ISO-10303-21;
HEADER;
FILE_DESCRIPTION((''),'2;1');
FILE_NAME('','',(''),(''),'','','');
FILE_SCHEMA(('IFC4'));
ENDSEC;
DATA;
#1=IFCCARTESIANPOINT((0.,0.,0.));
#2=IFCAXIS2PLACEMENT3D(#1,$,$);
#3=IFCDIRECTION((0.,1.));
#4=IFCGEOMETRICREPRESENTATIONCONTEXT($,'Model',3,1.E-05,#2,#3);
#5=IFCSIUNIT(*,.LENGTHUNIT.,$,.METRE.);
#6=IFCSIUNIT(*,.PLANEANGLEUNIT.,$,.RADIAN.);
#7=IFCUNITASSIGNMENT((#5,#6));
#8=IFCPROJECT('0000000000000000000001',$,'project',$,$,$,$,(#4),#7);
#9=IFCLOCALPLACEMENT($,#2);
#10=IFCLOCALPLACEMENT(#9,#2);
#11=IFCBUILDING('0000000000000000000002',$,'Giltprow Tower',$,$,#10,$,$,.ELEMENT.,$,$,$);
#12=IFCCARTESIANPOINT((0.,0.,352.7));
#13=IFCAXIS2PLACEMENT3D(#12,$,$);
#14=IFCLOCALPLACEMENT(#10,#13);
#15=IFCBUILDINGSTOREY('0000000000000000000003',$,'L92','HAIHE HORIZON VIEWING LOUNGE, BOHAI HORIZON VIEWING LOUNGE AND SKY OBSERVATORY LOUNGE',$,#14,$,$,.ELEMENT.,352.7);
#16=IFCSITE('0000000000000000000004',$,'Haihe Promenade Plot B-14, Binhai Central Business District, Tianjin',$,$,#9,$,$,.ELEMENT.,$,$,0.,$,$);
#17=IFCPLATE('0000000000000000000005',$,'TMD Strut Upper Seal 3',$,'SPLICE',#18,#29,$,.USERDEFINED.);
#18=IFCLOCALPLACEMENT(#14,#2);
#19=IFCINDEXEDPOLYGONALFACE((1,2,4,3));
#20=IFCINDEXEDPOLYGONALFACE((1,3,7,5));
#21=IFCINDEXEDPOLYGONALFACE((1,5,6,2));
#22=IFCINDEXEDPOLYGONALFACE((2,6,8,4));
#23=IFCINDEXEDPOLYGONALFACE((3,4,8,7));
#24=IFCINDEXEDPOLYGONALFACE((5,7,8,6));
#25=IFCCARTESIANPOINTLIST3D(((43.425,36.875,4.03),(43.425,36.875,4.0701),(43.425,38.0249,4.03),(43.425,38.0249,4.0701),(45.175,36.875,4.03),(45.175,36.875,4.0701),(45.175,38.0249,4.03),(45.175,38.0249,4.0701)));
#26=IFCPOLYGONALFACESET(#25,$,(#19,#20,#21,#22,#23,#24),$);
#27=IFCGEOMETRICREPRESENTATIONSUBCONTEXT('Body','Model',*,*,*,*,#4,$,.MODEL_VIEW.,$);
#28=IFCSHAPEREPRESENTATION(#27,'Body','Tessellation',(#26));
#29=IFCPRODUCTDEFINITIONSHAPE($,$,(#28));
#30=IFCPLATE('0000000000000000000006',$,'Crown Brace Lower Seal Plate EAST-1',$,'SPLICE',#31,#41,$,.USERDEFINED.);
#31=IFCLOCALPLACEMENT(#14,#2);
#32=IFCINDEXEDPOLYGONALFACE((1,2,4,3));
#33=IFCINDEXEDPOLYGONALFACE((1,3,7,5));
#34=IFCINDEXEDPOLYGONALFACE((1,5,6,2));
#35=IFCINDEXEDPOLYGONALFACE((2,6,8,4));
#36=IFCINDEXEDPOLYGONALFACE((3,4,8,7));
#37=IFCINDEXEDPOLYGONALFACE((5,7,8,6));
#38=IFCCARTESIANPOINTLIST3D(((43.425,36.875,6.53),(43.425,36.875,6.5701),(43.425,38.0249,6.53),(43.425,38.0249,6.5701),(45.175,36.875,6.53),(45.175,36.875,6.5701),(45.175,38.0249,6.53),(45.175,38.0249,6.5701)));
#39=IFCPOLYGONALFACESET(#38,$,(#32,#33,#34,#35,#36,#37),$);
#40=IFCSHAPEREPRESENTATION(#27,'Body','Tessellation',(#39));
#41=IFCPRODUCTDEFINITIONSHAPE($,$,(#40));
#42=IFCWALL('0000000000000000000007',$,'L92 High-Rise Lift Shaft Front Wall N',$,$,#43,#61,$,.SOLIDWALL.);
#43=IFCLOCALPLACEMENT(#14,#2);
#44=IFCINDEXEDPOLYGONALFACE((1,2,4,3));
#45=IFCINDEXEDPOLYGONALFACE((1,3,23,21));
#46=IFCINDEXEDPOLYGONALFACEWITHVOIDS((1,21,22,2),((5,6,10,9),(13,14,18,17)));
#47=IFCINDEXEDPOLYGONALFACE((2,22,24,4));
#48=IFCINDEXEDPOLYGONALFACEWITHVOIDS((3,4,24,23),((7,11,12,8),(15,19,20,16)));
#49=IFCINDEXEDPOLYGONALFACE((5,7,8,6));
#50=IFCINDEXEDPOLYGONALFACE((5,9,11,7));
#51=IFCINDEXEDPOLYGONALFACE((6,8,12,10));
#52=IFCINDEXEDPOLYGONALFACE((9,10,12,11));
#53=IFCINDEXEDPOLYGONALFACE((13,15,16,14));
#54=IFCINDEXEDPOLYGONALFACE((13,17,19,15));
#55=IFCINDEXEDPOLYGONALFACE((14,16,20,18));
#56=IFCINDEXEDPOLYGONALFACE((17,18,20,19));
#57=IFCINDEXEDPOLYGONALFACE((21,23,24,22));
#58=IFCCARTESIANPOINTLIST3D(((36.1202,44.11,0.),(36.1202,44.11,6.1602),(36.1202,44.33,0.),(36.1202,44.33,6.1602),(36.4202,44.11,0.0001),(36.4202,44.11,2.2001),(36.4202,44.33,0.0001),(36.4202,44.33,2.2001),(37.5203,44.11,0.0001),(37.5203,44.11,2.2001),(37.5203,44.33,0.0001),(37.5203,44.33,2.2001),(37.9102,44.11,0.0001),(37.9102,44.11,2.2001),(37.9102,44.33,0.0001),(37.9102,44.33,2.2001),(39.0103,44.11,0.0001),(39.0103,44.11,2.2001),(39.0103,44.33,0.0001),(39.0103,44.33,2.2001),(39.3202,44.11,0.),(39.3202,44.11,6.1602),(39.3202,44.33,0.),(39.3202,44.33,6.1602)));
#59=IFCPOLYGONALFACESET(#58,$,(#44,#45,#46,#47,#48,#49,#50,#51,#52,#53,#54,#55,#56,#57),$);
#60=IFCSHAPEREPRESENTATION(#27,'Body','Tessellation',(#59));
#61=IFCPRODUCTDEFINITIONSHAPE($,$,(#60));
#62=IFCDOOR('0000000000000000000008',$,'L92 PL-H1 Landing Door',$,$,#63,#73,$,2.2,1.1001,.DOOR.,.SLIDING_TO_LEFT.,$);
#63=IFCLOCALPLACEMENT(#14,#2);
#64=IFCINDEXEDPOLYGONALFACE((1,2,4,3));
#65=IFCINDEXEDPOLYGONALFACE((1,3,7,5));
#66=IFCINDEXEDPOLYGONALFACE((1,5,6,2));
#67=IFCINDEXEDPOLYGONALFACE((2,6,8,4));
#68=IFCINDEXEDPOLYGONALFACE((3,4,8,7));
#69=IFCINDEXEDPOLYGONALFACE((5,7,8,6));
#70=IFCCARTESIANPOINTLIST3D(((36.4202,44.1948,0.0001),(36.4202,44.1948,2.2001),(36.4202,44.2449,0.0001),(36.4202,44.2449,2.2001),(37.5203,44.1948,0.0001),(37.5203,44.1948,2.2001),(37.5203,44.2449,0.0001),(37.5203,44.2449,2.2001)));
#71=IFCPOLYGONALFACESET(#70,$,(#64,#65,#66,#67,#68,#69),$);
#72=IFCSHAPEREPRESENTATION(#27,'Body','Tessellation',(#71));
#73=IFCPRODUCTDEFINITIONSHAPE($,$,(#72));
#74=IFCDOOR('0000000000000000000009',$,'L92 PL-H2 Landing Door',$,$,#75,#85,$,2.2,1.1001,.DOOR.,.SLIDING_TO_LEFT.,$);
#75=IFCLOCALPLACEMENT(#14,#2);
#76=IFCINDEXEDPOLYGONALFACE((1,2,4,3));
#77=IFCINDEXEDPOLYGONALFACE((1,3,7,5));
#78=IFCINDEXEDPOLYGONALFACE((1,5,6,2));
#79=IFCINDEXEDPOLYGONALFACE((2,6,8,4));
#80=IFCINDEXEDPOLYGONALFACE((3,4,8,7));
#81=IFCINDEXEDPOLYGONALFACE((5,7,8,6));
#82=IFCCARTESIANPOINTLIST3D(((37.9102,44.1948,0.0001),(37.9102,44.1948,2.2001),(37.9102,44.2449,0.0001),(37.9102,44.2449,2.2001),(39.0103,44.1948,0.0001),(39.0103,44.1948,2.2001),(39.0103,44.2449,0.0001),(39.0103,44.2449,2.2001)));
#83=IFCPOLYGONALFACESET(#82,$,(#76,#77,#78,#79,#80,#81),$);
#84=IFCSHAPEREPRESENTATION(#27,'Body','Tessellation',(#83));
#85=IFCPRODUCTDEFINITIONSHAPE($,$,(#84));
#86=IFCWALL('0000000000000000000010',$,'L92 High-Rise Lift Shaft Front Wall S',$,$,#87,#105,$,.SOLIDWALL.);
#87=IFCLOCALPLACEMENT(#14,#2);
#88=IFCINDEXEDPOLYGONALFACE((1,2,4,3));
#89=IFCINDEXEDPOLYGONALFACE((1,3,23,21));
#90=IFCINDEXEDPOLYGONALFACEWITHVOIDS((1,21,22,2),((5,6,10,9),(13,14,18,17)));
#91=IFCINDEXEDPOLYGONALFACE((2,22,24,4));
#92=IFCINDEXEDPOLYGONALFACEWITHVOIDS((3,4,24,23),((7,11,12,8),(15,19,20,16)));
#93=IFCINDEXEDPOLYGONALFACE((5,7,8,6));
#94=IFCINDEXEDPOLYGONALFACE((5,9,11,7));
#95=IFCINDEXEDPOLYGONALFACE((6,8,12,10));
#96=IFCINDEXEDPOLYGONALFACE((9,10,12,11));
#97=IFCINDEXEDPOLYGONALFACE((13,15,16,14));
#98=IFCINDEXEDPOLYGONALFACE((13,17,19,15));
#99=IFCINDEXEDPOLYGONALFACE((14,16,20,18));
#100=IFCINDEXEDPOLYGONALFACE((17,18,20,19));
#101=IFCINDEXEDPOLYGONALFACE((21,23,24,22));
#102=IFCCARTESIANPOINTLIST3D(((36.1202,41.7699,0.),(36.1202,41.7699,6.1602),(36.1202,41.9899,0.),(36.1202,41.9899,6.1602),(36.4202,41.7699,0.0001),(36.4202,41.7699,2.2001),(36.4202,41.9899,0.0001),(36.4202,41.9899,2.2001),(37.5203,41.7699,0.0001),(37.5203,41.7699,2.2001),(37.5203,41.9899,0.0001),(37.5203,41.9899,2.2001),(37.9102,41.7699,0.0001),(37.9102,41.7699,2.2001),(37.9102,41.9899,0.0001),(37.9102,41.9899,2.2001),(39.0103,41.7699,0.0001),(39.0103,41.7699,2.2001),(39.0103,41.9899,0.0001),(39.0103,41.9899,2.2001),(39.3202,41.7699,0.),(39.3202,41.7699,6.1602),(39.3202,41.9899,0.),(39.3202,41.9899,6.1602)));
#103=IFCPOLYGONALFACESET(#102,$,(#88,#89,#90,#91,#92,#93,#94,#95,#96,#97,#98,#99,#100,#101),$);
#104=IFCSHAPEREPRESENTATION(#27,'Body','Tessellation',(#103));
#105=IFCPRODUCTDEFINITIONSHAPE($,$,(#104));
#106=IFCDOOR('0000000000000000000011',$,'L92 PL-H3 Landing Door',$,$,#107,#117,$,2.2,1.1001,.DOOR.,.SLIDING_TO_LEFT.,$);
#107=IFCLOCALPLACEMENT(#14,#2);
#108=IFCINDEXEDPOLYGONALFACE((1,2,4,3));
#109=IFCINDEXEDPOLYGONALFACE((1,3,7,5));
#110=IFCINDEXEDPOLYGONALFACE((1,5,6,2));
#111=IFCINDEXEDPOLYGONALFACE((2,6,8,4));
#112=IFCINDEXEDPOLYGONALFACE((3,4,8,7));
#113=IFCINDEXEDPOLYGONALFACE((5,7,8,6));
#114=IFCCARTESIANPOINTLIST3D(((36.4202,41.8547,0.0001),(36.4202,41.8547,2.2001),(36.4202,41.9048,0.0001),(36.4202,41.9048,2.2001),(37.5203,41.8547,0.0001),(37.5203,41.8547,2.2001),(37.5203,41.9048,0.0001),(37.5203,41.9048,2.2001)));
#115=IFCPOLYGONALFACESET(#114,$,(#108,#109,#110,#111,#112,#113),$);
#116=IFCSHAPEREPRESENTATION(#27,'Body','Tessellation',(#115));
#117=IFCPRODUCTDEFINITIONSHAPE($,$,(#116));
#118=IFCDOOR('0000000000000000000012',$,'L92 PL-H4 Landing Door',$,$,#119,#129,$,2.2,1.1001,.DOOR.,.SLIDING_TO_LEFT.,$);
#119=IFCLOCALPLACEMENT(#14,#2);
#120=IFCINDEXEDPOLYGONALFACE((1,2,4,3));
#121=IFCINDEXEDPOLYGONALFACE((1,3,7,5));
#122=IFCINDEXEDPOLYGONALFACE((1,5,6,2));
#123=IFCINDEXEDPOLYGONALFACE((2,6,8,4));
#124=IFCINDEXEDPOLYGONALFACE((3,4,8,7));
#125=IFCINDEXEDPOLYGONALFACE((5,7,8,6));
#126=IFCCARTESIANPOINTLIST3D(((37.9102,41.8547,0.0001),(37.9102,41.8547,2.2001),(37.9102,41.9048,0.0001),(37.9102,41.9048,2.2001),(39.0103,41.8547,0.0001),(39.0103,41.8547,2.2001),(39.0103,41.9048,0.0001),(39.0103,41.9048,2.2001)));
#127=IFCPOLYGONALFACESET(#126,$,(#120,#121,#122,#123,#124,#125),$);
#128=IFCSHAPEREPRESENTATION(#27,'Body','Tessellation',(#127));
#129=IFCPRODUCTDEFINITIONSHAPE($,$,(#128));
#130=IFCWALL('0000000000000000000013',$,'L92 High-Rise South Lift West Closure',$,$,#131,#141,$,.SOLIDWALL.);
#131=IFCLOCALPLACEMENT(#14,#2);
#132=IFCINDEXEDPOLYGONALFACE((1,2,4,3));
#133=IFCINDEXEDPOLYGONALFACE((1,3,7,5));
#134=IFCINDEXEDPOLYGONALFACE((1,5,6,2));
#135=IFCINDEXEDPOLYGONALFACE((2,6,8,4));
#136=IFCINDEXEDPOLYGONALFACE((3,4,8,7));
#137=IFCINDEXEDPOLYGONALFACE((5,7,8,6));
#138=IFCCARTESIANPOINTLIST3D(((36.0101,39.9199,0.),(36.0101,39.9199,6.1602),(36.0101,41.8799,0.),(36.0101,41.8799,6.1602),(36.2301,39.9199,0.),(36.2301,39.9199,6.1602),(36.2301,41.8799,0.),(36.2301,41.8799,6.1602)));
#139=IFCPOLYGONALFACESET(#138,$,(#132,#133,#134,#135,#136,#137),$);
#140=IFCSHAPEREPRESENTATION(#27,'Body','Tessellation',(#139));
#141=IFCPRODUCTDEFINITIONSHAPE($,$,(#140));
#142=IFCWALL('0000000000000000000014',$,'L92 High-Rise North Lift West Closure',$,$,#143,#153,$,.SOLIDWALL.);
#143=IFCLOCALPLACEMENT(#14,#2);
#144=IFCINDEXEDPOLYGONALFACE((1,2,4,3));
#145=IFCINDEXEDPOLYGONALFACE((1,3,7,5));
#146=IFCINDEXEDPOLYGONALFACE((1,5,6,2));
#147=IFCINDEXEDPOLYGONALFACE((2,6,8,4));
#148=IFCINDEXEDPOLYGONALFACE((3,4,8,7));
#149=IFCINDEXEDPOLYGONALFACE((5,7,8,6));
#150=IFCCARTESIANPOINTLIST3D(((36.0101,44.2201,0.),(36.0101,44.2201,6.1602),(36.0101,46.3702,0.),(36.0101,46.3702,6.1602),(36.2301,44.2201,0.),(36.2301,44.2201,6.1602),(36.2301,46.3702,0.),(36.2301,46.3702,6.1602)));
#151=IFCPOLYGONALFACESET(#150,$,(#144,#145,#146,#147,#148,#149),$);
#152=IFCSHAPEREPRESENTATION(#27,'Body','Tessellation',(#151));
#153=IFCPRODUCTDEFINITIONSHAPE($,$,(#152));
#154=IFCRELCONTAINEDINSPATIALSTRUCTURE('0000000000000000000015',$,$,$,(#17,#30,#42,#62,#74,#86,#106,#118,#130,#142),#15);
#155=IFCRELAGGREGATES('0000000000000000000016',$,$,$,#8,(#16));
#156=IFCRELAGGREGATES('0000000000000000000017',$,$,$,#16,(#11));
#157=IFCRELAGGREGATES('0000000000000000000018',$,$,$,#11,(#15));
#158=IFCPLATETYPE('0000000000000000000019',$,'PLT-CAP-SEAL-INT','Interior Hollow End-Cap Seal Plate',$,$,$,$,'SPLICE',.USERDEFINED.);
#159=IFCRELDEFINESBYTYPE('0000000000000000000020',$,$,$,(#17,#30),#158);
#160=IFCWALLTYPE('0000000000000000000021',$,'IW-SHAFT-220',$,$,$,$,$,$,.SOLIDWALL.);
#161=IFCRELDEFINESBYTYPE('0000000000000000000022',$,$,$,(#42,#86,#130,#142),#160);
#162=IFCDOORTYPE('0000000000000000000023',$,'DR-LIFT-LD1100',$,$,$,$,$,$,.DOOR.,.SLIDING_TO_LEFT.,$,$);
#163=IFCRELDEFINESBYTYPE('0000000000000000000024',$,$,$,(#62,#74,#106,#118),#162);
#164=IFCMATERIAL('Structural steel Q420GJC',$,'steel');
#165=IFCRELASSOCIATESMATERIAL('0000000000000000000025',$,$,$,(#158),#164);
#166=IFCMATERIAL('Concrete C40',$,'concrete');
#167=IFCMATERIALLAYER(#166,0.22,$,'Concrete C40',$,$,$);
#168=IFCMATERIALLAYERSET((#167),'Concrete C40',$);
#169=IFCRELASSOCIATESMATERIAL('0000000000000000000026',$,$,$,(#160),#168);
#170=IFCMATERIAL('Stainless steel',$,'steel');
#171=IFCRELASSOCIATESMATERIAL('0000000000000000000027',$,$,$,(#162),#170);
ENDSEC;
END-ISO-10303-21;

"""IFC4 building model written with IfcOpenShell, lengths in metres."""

from ifc_helpers import new_model, si_unit, direction, frame, frame_2d, origin, origin_2d, place, context, subcontext, project, spatial, rectangle, extrude, source, transform, mapped, material, layer, layer_set, type_object, element, fill, save


model = new_model("IFC4")

# Units and contexts
model_context = context("Model", 3, precision=1e-05, world=origin(), true_north=direction((0.0, 1.0)))
body_context = subcontext(model_context, "Body", "Model", "MODEL_VIEW")
ifc_project = project(units=[si_unit("LENGTHUNIT", "METRE"), si_unit("PLANEANGLEUNIT", "RADIAN")], contexts=[model_context])

# Site, building, storey
site_placement = place(None, origin())
site = spatial("IfcSite", under=ifc_project, at=site_placement, Name="Haihe Promenade Plot B-14, Binhai Central Business District, Tianjin", CompositionType="ELEMENT", RefElevation=0.0)
building_placement = place(site_placement, origin())
building = spatial("IfcBuilding", under=site, at=building_placement, Name="Giltprow Tower", CompositionType="ELEMENT")
storey_placement = place(building_placement, frame((0.0, 0.0, 352.7)))
storey = spatial("IfcBuildingStorey", under=building, at=storey_placement, Name="L92", Description="HAIHE HORIZON VIEWING LOUNGE, BOHAI HORIZON VIEWING LOUNGE AND SKY OBSERVATORY LOUNGE", CompositionType="ELEMENT", Elevation=352.7)

# Shared definitions
ifc_material_1 = material(Name="Structural steel Q420GJC", Category="steel")

# Plates
plate_type = type_object("IfcPlateType", Name="PLT-CAP-SEAL-INT", Description="Interior Hollow End-Cap Seal Plate", ElementType="SPLICE", PredefinedType="USERDEFINED", material=ifc_material_1)
shared_shape_1 = source(origin(), body_context, "Body", "SweptSolid", [
    extrude(rectangle(XDim=1.75, YDim=1.1499, at=origin_2d()), origin(), (0.0, 0.0, 1.0), 0.04),
])
for number, where, z_axis, x_axis, name in (
    (1, (44.3, 37.45, 4.03), (0.0, 0.0, 1.0), (1.0, 0.0, 0.0), "TMD Strut Upper Seal 3"),
    (2, (44.3, 37.45, 6.53), (0.0, 0.0, 1.0), (1.0, 0.0, 0.0), "Crown Brace Lower Seal Plate EAST-1"),
):
    element("IfcPlate", number, at=place(storey_placement, frame(where, z_axis=z_axis, x_axis=x_axis)), inside=storey, type_object=plate_type, Name=name, ObjectType="SPLICE", PredefinedType="USERDEFINED", context=body_context, shape_type="MappedRepresentation", body=[
        mapped(shared_shape_1, transform((0.0, 0.0, 0.0), x_axis=(1.0, 0.0, 0.0), y_axis=(0.0, 1.0, 0.0), z_axis=(0.0, 0.0, 1.0), scale=1.0)),
    ])

# Walls, openings, doors
ifc_material_2 = material(Name="Concrete C40", Category="concrete")
ifc_layer_1 = layer(ifc_material_2, 0.22, Name="Concrete C40")
ifc_layer_set_1 = layer_set([ifc_layer_1], Name="Concrete C40")
wall_type_1 = type_object("IfcWallType", Name="IW-SHAFT-220", PredefinedType="SOLIDWALL", material=ifc_layer_set_1)
wall_1_placement = place(storey_placement, frame((36.1201, 44.22, 0.0), z_axis=(0.0, 0.0, 1.0), x_axis=(1.0, 0.0, 0.0)))
wall_1 = element("IfcWall", 3, at=wall_1_placement, inside=storey, type_object=wall_type_1, Name="L92 High-Rise Lift Shaft Front Wall N", PredefinedType="SOLIDWALL", context=body_context, shape_type="SweptSolid", body=[
    extrude(rectangle(XDim=3.2, YDim=0.22, at=frame_2d((1.6001, 0.0))), origin(), (0.0, 0.0, 1.0), 6.1602),
])
opening_1_placement = place(wall_1_placement, frame((0.3, 0.0, 0.0)))
opening_1 = element("IfcOpeningElement", 4, at=opening_1_placement, cuts=wall_1, PredefinedType="OPENING", context=body_context, shape_type="SweptSolid", body=[
    extrude(rectangle(XDim=1.1001, YDim=2.2, at=frame_2d((0.55, 1.1001))), frame((0.0, 0.1199, 0.0), z_axis=(0.0, -1.0, 0.0), x_axis=(1.0, 0.0, 0.0)), (0.0, 0.0, 1.0), 0.24),
])
opening_2_placement = place(wall_1_placement, frame((1.79, 0.0, 0.0)))
opening_2 = element("IfcOpeningElement", 5, at=opening_2_placement, cuts=wall_1, PredefinedType="OPENING", context=body_context, shape_type="SweptSolid", body=[
    extrude(rectangle(XDim=1.1001, YDim=2.2, at=frame_2d((0.55, 1.1001))), frame((0.0, 0.1199, 0.0), z_axis=(0.0, -1.0, 0.0), x_axis=(1.0, 0.0, 0.0)), (0.0, 0.0, 1.0), 0.24),
])
ifc_material_3 = material(Name="Stainless steel", Category="steel")
door_type_1 = type_object("IfcDoorType", Name="DR-LIFT-LD1100", OperationType="SLIDING_TO_LEFT", PredefinedType="DOOR", material=ifc_material_3)
shared_shape_2 = source(origin(), body_context, "Body", "SweptSolid", [
    extrude(rectangle(XDim=1.1001, YDim=2.2, at=frame_2d((0.55, 1.1001))), frame((0.0, 0.0249, 0.0), z_axis=(0.0, -1.0, 0.0), x_axis=(1.0, 0.0, 0.0)), (0.0, 0.0, 1.0), 0.05),
])
door_1_placement = place(opening_1_placement, origin())
door_1 = element("IfcDoor", 6, at=door_1_placement, inside=storey, type_object=door_type_1, Name="L92 PL-H1 Landing Door", OperationType="SLIDING_TO_LEFT", OverallHeight=2.2, OverallWidth=1.1001, PredefinedType="DOOR", context=body_context, shape_type="MappedRepresentation", body=[
    mapped(shared_shape_2, transform((0.0, 0.0, 0.0), x_axis=(1.0, 0.0, 0.0), y_axis=(0.0, 1.0, 0.0), z_axis=(0.0, 0.0, 1.0), scale=1.0)),
])
fill(opening_1, door_1)
door_2_placement = place(opening_2_placement, origin())
door_2 = element("IfcDoor", 7, at=door_2_placement, inside=storey, type_object=door_type_1, Name="L92 PL-H2 Landing Door", OperationType="SLIDING_TO_LEFT", OverallHeight=2.2, OverallWidth=1.1001, PredefinedType="DOOR", context=body_context, shape_type="MappedRepresentation", body=[
    mapped(shared_shape_2, transform((0.0, 0.0, 0.0), x_axis=(1.0, 0.0, 0.0), y_axis=(0.0, 1.0, 0.0), z_axis=(0.0, 0.0, 1.0), scale=1.0)),
])
fill(opening_2, door_2)
wall_2_placement = place(storey_placement, frame((36.1201, 41.8799, 0.0), z_axis=(0.0, 0.0, 1.0), x_axis=(1.0, 0.0, 0.0)))
wall_2 = element("IfcWall", 8, at=wall_2_placement, inside=storey, type_object=wall_type_1, Name="L92 High-Rise Lift Shaft Front Wall S", PredefinedType="SOLIDWALL", context=body_context, shape_type="SweptSolid", body=[
    extrude(rectangle(XDim=3.2, YDim=0.22, at=frame_2d((1.6001, 0.0))), origin(), (0.0, 0.0, 1.0), 6.1602),
])
opening_3_placement = place(wall_2_placement, frame((0.3, 0.0, 0.0)))
opening_3 = element("IfcOpeningElement", 9, at=opening_3_placement, cuts=wall_2, PredefinedType="OPENING", context=body_context, shape_type="SweptSolid", body=[
    extrude(rectangle(XDim=1.1001, YDim=2.2, at=frame_2d((0.55, 1.1001))), frame((0.0, 0.1199, 0.0), z_axis=(0.0, -1.0, 0.0), x_axis=(1.0, 0.0, 0.0)), (0.0, 0.0, 1.0), 0.24),
])
opening_4_placement = place(wall_2_placement, frame((1.79, 0.0, 0.0)))
opening_4 = element("IfcOpeningElement", 10, at=opening_4_placement, cuts=wall_2, PredefinedType="OPENING", context=body_context, shape_type="SweptSolid", body=[
    extrude(rectangle(XDim=1.1001, YDim=2.2, at=frame_2d((0.55, 1.1001))), frame((0.0, 0.1199, 0.0), z_axis=(0.0, -1.0, 0.0), x_axis=(1.0, 0.0, 0.0)), (0.0, 0.0, 1.0), 0.24),
])
door_3_placement = place(opening_3_placement, origin())
door_3 = element("IfcDoor", 11, at=door_3_placement, inside=storey, type_object=door_type_1, Name="L92 PL-H3 Landing Door", OperationType="SLIDING_TO_LEFT", OverallHeight=2.2, OverallWidth=1.1001, PredefinedType="DOOR", context=body_context, shape_type="MappedRepresentation", body=[
    mapped(shared_shape_2, transform((0.0, 0.0, 0.0), x_axis=(1.0, 0.0, 0.0), y_axis=(0.0, 1.0, 0.0), z_axis=(0.0, 0.0, 1.0), scale=1.0)),
])
fill(opening_3, door_3)
door_4_placement = place(opening_4_placement, origin())
door_4 = element("IfcDoor", 12, at=door_4_placement, inside=storey, type_object=door_type_1, Name="L92 PL-H4 Landing Door", OperationType="SLIDING_TO_LEFT", OverallHeight=2.2, OverallWidth=1.1001, PredefinedType="DOOR", context=body_context, shape_type="MappedRepresentation", body=[
    mapped(shared_shape_2, transform((0.0, 0.0, 0.0), x_axis=(1.0, 0.0, 0.0), y_axis=(0.0, 1.0, 0.0), z_axis=(0.0, 0.0, 1.0), scale=1.0)),
])
fill(opening_4, door_4)

# Walls
wall_3_placement = place(storey_placement, frame((36.1201, 39.9199, 0.0), z_axis=(0.0, 0.0, 1.0), x_axis=(0.0, 1.0, 0.0)))
element("IfcWall", 13, at=wall_3_placement, inside=storey, type_object=wall_type_1, Name="L92 High-Rise South Lift West Closure", PredefinedType="SOLIDWALL", context=body_context, shape_type="SweptSolid", body=[
    extrude(rectangle(XDim=1.96, YDim=0.22, at=frame_2d((0.98, 0.0))), origin(), (0.0, 0.0, 1.0), 6.1602),
])
wall_4_placement = place(storey_placement, frame((36.1201, 44.22, 0.0), z_axis=(0.0, 0.0, 1.0), x_axis=(0.0, 1.0, 0.0)))
element("IfcWall", 14, at=wall_4_placement, inside=storey, type_object=wall_type_1, Name="L92 High-Rise North Lift West Closure", PredefinedType="SOLIDWALL", context=body_context, shape_type="SweptSolid", body=[
    extrude(rectangle(XDim=2.1501, YDim=0.22, at=frame_2d((1.0752, 0.0))), origin(), (0.0, 0.0, 1.0), 6.1602),
])

save(model, "model.ifc")
